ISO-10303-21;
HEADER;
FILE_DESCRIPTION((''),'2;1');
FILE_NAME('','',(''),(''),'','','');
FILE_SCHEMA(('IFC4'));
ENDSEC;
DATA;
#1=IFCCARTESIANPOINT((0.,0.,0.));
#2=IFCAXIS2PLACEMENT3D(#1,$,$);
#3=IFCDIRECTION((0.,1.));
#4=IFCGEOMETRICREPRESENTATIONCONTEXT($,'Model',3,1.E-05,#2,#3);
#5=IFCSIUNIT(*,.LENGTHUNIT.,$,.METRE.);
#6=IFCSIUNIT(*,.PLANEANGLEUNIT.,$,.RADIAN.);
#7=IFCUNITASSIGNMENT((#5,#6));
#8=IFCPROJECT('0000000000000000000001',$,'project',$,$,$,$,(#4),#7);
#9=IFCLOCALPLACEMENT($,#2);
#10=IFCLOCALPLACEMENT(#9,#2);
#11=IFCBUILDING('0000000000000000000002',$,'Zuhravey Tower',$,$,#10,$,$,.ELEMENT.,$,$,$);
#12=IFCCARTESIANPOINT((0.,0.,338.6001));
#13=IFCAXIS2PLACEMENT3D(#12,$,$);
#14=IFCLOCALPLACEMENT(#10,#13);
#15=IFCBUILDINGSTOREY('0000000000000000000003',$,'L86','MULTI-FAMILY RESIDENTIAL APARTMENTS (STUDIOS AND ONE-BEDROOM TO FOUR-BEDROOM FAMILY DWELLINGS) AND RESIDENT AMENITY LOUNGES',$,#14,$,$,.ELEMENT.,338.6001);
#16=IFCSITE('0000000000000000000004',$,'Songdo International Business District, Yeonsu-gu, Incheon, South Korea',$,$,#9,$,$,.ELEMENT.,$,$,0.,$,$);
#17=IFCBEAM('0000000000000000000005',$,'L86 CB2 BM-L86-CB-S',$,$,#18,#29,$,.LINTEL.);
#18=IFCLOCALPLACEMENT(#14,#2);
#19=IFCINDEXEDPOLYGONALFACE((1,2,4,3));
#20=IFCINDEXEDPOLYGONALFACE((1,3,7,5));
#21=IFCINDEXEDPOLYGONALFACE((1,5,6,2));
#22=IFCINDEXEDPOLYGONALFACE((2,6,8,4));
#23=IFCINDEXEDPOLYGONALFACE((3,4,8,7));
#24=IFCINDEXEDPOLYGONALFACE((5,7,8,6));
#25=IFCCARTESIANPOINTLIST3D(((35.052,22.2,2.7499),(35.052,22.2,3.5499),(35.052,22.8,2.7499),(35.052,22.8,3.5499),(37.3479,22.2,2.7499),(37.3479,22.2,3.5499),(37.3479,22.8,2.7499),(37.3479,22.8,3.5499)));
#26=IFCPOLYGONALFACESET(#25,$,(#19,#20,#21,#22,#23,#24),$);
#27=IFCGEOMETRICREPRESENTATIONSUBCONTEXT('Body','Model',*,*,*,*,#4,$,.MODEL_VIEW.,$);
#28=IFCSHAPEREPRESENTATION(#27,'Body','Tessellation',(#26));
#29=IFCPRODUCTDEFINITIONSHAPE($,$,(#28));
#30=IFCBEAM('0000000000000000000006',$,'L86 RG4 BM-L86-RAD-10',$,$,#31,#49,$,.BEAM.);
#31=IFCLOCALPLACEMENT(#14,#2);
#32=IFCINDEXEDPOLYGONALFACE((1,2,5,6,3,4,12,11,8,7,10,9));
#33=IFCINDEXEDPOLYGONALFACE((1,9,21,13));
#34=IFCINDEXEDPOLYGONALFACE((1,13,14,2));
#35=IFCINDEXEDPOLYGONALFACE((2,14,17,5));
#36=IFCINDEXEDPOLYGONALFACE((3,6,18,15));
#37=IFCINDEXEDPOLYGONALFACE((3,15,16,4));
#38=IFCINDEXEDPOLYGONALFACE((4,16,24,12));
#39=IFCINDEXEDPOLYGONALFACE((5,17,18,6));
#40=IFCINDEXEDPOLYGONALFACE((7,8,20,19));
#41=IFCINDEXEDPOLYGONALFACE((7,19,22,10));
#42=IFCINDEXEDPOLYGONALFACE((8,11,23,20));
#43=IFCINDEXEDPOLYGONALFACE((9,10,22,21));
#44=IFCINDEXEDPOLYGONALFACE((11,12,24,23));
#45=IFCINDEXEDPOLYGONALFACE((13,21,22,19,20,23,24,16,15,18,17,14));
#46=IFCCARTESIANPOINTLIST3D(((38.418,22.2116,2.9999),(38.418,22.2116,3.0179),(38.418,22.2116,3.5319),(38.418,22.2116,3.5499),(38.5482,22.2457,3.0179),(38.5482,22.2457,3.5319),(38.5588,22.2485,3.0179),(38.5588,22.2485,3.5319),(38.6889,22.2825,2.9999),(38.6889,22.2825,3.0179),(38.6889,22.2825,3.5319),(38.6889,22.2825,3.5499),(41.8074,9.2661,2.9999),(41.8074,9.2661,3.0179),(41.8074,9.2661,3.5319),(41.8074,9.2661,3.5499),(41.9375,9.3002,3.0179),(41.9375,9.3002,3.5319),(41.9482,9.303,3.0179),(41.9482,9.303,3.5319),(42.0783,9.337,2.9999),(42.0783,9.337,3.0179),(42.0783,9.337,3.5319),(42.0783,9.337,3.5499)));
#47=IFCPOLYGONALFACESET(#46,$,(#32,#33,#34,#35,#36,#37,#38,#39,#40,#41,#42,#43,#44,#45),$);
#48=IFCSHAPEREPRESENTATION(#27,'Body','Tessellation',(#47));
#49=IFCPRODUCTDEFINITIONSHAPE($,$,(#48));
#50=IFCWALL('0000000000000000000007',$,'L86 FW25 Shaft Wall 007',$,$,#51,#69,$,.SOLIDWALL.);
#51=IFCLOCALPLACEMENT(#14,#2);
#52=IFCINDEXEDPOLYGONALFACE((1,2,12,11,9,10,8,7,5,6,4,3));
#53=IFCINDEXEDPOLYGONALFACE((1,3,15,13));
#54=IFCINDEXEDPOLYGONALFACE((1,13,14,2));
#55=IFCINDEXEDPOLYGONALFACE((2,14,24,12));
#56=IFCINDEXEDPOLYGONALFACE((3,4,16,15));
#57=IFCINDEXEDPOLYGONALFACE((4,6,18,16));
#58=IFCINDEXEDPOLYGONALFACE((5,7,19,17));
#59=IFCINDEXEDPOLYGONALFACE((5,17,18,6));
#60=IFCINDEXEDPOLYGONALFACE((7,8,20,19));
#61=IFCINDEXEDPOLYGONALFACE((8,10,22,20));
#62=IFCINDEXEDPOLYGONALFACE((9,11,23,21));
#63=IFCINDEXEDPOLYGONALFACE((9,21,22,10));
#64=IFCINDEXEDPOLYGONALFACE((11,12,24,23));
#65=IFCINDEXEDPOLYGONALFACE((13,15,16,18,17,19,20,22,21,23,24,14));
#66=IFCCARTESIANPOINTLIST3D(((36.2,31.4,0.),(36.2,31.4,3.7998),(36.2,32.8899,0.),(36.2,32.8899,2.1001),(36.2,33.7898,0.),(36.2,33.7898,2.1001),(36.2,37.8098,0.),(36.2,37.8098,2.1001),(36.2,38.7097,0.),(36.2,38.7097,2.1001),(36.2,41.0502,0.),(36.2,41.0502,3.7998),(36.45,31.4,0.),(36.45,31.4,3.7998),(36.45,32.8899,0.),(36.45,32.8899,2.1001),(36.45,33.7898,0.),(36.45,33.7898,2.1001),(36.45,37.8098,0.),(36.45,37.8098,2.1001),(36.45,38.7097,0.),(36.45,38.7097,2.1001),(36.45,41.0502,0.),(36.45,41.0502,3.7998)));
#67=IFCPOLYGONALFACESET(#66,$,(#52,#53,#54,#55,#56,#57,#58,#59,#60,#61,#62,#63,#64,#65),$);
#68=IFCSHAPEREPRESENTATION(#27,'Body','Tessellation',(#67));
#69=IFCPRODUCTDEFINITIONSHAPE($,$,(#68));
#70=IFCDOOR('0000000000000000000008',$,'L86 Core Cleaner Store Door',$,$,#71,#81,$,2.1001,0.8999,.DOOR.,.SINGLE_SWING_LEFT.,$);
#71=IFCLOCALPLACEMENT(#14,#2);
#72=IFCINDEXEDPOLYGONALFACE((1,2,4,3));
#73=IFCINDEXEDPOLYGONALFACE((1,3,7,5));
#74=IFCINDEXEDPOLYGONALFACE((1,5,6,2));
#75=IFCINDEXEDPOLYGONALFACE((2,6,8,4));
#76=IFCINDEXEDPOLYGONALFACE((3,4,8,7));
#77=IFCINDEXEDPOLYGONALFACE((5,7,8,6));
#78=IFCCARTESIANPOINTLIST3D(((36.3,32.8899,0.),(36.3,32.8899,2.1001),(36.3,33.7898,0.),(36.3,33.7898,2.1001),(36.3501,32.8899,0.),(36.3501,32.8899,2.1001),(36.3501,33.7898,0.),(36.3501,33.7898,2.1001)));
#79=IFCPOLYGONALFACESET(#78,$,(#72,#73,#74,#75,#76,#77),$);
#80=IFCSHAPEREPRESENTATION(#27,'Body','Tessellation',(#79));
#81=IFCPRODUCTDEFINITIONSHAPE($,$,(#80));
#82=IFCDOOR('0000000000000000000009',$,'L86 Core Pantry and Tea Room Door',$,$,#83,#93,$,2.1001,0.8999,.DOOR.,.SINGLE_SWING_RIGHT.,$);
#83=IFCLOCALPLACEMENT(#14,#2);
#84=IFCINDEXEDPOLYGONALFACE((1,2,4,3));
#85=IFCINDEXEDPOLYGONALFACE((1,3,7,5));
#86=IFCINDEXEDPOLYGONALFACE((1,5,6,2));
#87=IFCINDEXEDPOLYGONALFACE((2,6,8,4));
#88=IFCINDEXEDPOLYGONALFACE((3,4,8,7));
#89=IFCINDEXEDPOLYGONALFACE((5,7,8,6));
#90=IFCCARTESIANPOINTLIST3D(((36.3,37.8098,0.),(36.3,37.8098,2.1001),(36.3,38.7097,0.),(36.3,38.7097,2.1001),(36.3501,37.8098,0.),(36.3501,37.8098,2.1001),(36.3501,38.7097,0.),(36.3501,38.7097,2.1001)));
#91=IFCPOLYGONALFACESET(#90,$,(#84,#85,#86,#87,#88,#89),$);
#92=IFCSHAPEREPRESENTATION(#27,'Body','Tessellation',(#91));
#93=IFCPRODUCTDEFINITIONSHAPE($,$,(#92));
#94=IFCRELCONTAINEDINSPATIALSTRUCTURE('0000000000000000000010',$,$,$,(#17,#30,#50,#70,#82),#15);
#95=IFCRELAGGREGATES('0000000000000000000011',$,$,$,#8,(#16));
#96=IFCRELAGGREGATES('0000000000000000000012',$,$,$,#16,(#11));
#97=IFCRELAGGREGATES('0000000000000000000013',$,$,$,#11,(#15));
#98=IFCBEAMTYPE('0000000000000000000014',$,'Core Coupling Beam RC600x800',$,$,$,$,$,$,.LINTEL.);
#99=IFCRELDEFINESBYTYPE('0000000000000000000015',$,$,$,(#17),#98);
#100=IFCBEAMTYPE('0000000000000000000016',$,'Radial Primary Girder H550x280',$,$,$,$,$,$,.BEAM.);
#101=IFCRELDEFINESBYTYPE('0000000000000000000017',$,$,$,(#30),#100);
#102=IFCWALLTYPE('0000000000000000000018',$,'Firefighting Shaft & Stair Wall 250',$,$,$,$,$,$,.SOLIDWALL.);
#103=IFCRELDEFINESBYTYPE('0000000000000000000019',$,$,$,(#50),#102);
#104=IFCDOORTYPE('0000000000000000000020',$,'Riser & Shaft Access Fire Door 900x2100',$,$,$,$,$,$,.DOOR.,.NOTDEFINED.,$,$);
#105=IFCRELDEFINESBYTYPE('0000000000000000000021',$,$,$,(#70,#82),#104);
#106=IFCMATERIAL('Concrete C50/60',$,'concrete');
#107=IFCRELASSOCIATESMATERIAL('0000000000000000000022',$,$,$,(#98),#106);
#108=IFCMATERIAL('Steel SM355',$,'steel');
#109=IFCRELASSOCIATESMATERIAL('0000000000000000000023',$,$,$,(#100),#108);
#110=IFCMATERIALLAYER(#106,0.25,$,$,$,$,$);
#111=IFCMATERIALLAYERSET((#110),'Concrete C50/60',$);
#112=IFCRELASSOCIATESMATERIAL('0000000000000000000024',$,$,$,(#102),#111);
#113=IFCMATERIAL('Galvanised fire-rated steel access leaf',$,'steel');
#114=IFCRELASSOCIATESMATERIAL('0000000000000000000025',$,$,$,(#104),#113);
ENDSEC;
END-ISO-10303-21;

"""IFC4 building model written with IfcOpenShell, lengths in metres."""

from ifc_helpers import new_model, si_unit, direction, frame, frame_2d, origin, origin_2d, place, context, subcontext, project, spatial, rectangle, i_section, extrude, material, layer, layer_set, material_profile, profile_set, type_object, element, fill, save


model = new_model("IFC4")

# Units and contexts
model_context = context("Model", 3, precision=1e-05, world=origin(), true_north=direction((0.0, 1.0)))
body_context = subcontext(model_context, "Body", "Model", "MODEL_VIEW")
ifc_project = project(units=[si_unit("LENGTHUNIT", "METRE"), si_unit("PLANEANGLEUNIT", "RADIAN")], contexts=[model_context])

# Site, building, storey
site_placement = place(None, origin())
site = spatial("IfcSite", under=ifc_project, at=site_placement, Name="Songdo International Business District, Yeonsu-gu, Incheon, South Korea", CompositionType="ELEMENT", RefElevation=0.0)
building_placement = place(site_placement, origin())
building = spatial("IfcBuilding", under=site, at=building_placement, Name="Zuhravey Tower", CompositionType="ELEMENT")
storey_placement = place(building_placement, frame((0.0, 0.0, 338.6001)))
storey = spatial("IfcBuildingStorey", under=building, at=storey_placement, Name="L86", Description="MULTI-FAMILY RESIDENTIAL APARTMENTS (STUDIOS AND ONE-BEDROOM TO FOUR-BEDROOM FAMILY DWELLINGS) AND RESIDENT AMENITY LOUNGES", CompositionType="ELEMENT", Elevation=338.6001)

# Beams
ifc_material_1 = material(Name="Concrete C50/60", Category="concrete")
ifc_material_profile_1 = material_profile(ifc_material_1, rectangle(XDim=0.6001, YDim=0.8, at=origin_2d()), Name="RC-600x800")
ifc_profile_set_1 = profile_set([ifc_material_profile_1], Name="Concrete C50/60")
beam_type_1 = type_object("IfcBeamType", Name="Core Coupling Beam RC600x800", PredefinedType="LINTEL", material=ifc_profile_set_1)
beam_1_placement = place(storey_placement, frame((35.052, 22.5, 3.1499), z_axis=(1.0, 0.0, 0.0), x_axis=(0.0, 1.0, 0.0)))
element("IfcBeam", 1, at=beam_1_placement, inside=storey, type_object=beam_type_1, Name="L86 CB2 BM-L86-CB-S", PredefinedType="LINTEL", context=body_context, shape_type="SweptSolid", body=[
    extrude(rectangle(XDim=0.6001, YDim=0.8, at=origin_2d()), origin(), (0.0, 0.0, 1.0), 2.2959),
])
ifc_material_2 = material(Name="Steel SM355", Category="steel")
ifc_material_profile_2 = material_profile(ifc_material_2, i_section(OverallWidth=0.28, OverallDepth=0.55, WebThickness=0.011, FlangeThickness=0.0181, at=origin_2d()), Name="H-550x280x11x18")
ifc_profile_set_2 = profile_set([ifc_material_profile_2], Name="Steel SM355")
beam_type_2 = type_object("IfcBeamType", Name="Radial Primary Girder H550x280", PredefinedType="BEAM", material=ifc_profile_set_2)
beam_2_placement = place(storey_placement, frame((38.5535, 22.2471, 3.2749), z_axis=(0.253283, -0.967392, 0.0), x_axis=(0.967392, 0.253283, 0.0)))
element("IfcBeam", 2, at=beam_2_placement, inside=storey, type_object=beam_type_2, Name="L86 RG4 BM-L86-RAD-10", PredefinedType="BEAM", context=body_context, shape_type="SweptSolid", body=[
    extrude(i_section(OverallWidth=0.28, OverallDepth=0.55, WebThickness=0.011, FlangeThickness=0.0181, at=origin_2d()), origin(), (0.0, 0.0, 1.0), 13.3818),
])

# Shared definitions
ifc_layer_1 = layer(ifc_material_1, 0.25)
ifc_layer_set_1 = layer_set([ifc_layer_1], Name="Concrete C50/60")
wall_type_1 = type_object("IfcWallType", Name="Firefighting Shaft & Stair Wall 250", PredefinedType="SOLIDWALL", material=ifc_layer_set_1)

# Wall, openings, doors
wall_1_placement = place(storey_placement, frame((36.325, 31.3999, 0.0), z_axis=(0.0, 0.0, 1.0), x_axis=(0.0, 1.0, 0.0)))
wall_1 = element("IfcWall", 3, at=wall_1_placement, inside=storey, type_object=wall_type_1, Name="L86 FW25 Shaft Wall 007", PredefinedType="SOLIDWALL", context=body_context, shape_type="SweptSolid", body=[
    extrude(rectangle(XDim=9.6501, YDim=0.25, at=frame_2d((4.8252, 0.0))), origin(), (0.0, 0.0, 1.0), 3.7998),
])
opening_1_placement = place(wall_1_placement, frame((1.49, 0.0, 0.0)))
opening_1 = element("IfcOpeningElement", 4, at=opening_1_placement, cuts=wall_1, PredefinedType="OPENING", context=body_context, shape_type="SweptSolid", body=[
    extrude(rectangle(XDim=0.8999, YDim=2.1001, at=frame_2d((0.45, 1.05))), frame((0.0, 0.137, 0.0), z_axis=(0.0, -1.0, 0.0), x_axis=(1.0, 0.0, 0.0)), (0.0, 0.0, 1.0), 0.2739),
])
opening_2_placement = place(wall_1_placement, frame((6.4099, 0.0, 0.0)))
opening_2 = element("IfcOpeningElement", 5, at=opening_2_placement, cuts=wall_1, PredefinedType="OPENING", context=body_context, shape_type="SweptSolid", body=[
    extrude(rectangle(XDim=0.8999, YDim=2.1001, at=frame_2d((0.45, 1.05))), frame((0.0, 0.137, 0.0), z_axis=(0.0, -1.0, 0.0), x_axis=(1.0, 0.0, 0.0)), (0.0, 0.0, 1.0), 0.2739),
])
ifc_material_3 = material(Name="Galvanised fire-rated steel access leaf", Category="steel")
door_type_1 = type_object("IfcDoorType", Name="Riser & Shaft Access Fire Door 900x2100", OperationType="NOTDEFINED", PredefinedType="DOOR", material=ifc_material_3)
door_1_placement = place(opening_1_placement, origin())
door_1 = element("IfcDoor", 6, at=door_1_placement, inside=storey, type_object=door_type_1, Name="L86 Core Cleaner Store Door", OperationType="SINGLE_SWING_LEFT", OverallHeight=2.1001, OverallWidth=0.8999, PredefinedType="DOOR", context=body_context, shape_type="SweptSolid", body=[
    extrude(rectangle(XDim=0.8999, YDim=2.1001, at=frame_2d((0.45, 1.05))), frame((0.0, 0.0249, 0.0), z_axis=(0.0, -1.0, 0.0), x_axis=(1.0, 0.0, 0.0)), (0.0, 0.0, 1.0), 0.05),
])
fill(opening_1, door_1)
door_2_placement = place(opening_2_placement, origin())
door_2 = element("IfcDoor", 7, at=door_2_placement, inside=storey, type_object=door_type_1, Name="L86 Core Pantry and Tea Room Door", OperationType="SINGLE_SWING_RIGHT", OverallHeight=2.1001, OverallWidth=0.8999, PredefinedType="DOOR", context=body_context, shape_type="SweptSolid", body=[
    extrude(rectangle(XDim=0.8999, YDim=2.1001, at=frame_2d((0.45, 1.05))), frame((0.0, 0.0249, 0.0), z_axis=(0.0, -1.0, 0.0), x_axis=(1.0, 0.0, 0.0)), (0.0, 0.0, 1.0), 0.05),
])
fill(opening_2, door_2)

save(model, "model.ifc")
